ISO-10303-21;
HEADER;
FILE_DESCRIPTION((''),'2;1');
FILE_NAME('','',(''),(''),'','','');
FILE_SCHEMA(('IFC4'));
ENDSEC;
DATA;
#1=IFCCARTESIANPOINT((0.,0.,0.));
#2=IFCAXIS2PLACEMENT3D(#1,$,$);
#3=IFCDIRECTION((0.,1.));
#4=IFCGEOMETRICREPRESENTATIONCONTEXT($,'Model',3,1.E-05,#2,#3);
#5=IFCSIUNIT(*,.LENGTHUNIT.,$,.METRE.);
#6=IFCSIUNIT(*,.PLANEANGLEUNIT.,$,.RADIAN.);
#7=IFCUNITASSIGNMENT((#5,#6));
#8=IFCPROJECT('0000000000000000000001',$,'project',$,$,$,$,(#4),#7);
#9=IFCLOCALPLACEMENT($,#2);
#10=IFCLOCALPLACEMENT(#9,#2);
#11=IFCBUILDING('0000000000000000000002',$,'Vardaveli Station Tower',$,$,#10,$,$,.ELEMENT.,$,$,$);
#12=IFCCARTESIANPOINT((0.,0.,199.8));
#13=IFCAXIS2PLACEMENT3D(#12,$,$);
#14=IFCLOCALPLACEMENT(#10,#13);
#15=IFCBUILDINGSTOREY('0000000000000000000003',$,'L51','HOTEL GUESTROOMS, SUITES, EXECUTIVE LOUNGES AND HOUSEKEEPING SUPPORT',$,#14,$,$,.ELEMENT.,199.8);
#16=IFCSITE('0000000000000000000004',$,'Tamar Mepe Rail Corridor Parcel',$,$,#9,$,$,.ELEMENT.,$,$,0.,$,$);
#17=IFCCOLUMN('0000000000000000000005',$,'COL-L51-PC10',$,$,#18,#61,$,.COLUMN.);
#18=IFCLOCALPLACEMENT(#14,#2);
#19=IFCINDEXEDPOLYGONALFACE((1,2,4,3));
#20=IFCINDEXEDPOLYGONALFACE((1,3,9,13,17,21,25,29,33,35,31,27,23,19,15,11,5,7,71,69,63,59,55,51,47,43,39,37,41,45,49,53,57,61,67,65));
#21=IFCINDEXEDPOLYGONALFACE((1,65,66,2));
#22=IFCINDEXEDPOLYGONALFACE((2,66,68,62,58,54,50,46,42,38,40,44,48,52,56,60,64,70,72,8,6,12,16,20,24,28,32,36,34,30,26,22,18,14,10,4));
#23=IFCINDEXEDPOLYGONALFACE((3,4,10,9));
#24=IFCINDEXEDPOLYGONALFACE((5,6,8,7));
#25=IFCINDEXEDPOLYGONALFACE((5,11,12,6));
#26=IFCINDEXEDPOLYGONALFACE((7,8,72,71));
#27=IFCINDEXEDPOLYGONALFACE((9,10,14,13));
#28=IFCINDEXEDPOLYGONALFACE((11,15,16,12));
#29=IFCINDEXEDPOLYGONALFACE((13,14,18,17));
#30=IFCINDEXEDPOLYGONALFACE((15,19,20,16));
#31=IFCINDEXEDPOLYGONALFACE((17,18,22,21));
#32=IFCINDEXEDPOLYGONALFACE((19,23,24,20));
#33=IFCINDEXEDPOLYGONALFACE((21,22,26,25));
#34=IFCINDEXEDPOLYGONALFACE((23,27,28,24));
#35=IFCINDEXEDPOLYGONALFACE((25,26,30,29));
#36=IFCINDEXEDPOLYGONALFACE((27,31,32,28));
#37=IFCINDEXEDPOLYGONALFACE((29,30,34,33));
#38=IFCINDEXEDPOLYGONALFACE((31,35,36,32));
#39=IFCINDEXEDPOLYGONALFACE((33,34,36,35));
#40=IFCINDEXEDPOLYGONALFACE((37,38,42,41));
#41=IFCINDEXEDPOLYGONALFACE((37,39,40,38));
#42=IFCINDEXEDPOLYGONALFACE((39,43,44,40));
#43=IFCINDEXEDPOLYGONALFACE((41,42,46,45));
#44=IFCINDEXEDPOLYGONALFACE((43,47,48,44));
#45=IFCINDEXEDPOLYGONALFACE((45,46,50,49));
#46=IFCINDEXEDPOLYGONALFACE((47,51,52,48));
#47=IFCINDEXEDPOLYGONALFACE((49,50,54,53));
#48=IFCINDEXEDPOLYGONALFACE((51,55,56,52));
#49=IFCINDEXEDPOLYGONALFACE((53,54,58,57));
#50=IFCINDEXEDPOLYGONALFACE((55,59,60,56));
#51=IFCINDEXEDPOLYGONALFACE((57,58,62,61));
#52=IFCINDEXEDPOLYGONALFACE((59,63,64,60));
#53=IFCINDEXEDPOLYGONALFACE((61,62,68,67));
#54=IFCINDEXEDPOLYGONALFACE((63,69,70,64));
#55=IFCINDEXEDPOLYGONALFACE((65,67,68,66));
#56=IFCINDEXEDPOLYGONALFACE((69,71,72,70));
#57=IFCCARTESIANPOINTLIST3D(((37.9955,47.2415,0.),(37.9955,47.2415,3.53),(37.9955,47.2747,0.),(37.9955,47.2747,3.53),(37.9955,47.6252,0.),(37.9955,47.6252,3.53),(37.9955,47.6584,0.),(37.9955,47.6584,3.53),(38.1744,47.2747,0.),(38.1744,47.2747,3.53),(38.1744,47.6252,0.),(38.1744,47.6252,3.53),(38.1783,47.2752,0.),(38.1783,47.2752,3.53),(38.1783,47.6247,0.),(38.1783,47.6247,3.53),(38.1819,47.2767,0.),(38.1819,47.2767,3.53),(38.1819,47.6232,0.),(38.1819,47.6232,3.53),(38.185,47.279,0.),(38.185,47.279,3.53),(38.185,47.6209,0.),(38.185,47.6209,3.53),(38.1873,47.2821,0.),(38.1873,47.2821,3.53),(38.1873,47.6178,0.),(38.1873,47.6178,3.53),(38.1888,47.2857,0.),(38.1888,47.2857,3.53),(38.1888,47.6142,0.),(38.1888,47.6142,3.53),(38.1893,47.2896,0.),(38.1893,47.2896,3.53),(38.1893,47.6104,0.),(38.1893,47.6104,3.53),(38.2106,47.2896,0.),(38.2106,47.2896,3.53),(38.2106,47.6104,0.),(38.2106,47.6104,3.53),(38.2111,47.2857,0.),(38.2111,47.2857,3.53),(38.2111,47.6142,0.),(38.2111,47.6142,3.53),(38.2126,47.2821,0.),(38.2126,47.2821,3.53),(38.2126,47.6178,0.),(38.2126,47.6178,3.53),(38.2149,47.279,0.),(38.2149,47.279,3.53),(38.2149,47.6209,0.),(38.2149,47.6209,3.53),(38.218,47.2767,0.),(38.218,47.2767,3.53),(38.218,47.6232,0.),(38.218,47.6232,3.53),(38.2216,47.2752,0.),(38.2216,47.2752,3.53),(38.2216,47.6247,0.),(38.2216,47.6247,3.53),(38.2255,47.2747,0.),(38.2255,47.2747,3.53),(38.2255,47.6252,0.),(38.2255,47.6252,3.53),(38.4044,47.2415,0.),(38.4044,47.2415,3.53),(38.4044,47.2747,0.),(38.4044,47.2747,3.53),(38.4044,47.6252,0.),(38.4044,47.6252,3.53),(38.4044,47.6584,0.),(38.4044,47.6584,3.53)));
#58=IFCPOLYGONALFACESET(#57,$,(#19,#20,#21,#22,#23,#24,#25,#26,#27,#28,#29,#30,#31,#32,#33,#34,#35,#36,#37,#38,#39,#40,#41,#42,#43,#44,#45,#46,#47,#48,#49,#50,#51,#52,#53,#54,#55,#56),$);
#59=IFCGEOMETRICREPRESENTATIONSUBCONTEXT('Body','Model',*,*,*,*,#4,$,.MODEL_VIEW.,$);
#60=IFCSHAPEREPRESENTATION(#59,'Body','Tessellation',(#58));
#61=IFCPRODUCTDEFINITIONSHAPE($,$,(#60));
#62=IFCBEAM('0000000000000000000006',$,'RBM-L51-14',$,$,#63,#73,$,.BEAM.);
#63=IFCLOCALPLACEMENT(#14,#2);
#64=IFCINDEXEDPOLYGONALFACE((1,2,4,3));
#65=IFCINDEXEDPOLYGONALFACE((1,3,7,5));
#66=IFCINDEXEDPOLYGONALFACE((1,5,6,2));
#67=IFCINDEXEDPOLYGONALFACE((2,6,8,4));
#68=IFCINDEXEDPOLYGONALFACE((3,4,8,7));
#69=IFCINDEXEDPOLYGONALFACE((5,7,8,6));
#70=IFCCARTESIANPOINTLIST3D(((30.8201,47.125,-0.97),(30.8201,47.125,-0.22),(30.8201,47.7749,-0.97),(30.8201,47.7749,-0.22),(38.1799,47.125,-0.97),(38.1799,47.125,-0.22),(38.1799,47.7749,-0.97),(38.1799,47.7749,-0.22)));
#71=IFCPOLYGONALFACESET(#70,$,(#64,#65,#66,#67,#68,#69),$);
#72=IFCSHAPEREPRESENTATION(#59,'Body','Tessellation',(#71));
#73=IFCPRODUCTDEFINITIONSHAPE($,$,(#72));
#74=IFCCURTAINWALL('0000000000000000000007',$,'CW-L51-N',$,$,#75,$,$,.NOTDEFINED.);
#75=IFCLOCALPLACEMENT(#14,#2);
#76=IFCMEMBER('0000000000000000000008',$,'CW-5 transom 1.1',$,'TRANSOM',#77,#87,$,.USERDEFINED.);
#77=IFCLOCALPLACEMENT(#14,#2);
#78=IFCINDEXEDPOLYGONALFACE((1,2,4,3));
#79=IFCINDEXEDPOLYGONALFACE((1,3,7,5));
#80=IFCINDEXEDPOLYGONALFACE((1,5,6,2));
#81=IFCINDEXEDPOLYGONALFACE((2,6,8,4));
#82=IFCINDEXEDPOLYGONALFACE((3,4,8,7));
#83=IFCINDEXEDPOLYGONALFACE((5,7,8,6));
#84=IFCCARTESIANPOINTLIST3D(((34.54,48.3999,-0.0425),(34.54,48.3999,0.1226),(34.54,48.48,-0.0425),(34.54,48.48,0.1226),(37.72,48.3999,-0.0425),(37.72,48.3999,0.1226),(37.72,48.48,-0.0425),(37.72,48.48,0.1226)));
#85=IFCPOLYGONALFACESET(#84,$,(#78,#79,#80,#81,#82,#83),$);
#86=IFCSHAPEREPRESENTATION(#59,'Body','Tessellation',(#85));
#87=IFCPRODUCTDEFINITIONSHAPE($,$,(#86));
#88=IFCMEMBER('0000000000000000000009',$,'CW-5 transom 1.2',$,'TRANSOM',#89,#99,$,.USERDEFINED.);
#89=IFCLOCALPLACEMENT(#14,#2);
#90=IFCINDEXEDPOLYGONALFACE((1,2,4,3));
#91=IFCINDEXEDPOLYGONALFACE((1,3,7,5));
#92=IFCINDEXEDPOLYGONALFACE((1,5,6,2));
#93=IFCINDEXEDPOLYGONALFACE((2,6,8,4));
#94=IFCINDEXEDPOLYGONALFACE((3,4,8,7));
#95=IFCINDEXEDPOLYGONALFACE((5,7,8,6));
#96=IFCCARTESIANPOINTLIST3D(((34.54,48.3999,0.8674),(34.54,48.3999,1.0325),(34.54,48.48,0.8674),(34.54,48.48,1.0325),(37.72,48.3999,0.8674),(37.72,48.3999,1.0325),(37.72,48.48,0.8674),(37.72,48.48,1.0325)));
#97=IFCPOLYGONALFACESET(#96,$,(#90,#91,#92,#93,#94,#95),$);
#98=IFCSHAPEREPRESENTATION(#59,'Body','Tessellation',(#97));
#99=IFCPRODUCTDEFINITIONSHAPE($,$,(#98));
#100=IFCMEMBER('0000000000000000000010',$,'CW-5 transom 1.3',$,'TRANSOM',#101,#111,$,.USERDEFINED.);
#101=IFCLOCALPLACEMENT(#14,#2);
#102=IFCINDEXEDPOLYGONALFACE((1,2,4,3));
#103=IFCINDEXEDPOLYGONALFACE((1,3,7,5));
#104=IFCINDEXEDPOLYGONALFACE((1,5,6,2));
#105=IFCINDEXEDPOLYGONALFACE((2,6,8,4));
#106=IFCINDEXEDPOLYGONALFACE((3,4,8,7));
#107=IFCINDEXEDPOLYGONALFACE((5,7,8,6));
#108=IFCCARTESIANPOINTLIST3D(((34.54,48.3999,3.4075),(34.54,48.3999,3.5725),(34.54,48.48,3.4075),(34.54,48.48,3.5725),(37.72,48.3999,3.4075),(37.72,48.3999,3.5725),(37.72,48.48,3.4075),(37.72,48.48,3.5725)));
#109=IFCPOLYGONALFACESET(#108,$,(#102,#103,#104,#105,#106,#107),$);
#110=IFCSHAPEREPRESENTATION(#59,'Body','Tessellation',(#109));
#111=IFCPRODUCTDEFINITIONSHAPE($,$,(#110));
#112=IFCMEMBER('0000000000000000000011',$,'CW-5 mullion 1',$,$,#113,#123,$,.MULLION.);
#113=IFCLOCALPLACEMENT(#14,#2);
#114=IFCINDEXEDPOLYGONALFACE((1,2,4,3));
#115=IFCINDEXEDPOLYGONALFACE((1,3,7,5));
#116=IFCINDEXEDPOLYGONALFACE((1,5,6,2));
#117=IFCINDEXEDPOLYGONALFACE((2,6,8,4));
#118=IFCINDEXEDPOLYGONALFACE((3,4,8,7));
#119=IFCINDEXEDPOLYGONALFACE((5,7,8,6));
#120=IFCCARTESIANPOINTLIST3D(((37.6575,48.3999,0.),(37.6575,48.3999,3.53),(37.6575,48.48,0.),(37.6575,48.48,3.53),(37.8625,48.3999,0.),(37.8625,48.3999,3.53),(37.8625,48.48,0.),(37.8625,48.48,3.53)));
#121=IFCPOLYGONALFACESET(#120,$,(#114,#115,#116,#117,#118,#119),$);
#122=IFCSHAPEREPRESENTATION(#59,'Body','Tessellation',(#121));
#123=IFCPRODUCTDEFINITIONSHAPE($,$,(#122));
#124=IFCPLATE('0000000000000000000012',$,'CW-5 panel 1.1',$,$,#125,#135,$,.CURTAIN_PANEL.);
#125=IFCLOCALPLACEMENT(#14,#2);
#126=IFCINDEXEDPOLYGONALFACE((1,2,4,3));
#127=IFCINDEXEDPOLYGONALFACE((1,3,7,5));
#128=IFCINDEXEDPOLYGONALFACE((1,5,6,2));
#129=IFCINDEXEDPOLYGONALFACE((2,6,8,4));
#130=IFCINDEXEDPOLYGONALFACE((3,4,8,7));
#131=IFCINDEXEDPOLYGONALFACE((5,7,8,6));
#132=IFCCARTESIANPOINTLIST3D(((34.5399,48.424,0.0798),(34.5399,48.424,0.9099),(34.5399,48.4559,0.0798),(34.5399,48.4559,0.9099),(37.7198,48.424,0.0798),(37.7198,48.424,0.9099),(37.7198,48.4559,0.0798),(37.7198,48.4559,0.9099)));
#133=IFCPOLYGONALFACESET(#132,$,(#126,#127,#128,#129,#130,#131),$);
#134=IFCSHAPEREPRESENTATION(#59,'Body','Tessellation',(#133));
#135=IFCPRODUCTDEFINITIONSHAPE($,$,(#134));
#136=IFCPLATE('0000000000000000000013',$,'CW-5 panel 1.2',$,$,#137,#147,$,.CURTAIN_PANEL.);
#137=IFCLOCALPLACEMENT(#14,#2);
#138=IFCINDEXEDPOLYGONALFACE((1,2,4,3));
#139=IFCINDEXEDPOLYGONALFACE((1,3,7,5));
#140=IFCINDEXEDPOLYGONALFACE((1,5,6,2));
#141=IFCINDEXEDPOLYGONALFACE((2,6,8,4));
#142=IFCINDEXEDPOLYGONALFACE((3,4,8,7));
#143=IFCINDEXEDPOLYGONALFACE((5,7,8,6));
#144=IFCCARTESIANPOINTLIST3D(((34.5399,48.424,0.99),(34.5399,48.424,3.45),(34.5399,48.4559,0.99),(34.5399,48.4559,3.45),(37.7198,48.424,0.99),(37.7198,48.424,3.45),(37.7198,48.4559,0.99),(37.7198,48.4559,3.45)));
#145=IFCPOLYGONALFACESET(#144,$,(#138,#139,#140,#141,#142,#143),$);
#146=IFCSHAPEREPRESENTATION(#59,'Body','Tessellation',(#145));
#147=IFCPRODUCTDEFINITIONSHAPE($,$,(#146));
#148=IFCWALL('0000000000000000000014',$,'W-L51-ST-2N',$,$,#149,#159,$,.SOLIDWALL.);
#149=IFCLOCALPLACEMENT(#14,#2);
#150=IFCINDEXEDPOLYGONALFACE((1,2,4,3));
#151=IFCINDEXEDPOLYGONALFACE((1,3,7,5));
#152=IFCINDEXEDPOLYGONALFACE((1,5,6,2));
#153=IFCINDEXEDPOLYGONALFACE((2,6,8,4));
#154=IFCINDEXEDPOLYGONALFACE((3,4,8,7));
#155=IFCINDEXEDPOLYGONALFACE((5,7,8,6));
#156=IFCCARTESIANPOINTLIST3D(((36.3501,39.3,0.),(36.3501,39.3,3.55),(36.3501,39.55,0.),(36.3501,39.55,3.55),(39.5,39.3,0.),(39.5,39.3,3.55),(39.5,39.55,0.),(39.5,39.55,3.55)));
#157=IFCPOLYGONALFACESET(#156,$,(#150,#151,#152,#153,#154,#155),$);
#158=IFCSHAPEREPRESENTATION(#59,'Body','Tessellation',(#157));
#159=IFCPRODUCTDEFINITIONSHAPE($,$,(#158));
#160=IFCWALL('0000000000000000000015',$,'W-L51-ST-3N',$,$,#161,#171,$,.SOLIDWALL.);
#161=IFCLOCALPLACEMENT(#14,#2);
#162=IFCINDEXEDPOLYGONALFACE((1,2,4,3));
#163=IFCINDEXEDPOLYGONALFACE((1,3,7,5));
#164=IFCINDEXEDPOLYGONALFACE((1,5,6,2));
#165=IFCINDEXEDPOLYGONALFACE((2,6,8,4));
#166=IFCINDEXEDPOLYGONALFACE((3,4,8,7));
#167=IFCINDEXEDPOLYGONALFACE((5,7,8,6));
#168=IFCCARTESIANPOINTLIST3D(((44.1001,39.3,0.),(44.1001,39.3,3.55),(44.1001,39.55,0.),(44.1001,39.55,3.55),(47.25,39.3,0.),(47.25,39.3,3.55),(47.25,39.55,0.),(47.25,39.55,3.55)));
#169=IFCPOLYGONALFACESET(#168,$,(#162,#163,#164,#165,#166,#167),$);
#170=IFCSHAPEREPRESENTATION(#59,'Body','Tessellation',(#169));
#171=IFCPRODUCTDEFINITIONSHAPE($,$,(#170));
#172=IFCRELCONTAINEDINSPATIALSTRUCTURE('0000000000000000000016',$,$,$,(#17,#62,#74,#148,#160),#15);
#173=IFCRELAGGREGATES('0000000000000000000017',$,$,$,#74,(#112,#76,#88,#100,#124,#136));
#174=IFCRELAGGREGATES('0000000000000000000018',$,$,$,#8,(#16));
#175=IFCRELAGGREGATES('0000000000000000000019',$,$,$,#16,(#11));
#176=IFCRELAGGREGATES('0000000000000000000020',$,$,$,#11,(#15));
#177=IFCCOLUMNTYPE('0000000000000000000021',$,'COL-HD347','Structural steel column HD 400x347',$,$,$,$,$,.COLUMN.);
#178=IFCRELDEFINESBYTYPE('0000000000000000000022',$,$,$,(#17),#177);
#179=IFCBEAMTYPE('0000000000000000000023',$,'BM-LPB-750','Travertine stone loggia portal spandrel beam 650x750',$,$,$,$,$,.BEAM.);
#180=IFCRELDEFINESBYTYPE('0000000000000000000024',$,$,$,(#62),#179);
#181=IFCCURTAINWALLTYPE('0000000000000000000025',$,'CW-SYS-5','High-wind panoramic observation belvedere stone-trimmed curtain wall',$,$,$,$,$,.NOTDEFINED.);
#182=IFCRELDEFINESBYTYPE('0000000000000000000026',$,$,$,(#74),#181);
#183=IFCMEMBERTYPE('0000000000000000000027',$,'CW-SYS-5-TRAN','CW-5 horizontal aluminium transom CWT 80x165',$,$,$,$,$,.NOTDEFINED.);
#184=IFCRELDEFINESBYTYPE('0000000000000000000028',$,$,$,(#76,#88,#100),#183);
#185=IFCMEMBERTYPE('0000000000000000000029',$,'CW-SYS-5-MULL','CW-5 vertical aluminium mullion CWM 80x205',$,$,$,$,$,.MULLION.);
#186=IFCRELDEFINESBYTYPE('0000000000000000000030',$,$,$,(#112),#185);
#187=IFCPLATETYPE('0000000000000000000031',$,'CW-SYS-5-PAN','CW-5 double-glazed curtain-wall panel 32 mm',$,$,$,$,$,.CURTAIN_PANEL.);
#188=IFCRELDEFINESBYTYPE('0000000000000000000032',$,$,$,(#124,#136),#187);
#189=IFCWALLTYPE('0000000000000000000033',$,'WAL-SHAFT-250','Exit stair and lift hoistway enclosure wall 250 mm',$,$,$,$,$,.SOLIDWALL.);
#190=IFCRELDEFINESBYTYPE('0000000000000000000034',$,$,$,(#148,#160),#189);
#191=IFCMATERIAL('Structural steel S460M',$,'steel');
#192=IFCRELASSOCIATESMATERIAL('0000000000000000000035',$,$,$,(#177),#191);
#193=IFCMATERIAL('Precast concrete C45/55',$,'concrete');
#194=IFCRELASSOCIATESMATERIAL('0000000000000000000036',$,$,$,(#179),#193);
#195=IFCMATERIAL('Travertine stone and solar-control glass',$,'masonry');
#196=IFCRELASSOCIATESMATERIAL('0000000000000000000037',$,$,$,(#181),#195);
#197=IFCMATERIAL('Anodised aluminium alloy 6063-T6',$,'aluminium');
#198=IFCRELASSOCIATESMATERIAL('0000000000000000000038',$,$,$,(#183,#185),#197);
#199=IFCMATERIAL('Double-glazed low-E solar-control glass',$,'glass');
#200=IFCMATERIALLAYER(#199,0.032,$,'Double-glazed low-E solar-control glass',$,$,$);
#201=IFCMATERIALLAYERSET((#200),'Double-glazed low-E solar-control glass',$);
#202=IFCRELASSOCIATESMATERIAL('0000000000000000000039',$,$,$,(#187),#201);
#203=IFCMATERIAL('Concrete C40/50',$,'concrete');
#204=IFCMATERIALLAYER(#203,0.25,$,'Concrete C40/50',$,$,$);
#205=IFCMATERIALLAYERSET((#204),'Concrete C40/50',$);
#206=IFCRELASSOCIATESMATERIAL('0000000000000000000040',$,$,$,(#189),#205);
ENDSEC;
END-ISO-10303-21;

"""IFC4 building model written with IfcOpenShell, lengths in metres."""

from ifc_helpers import new_model, si_unit, direction, frame, frame_2d, origin, origin_2d, place, context, subcontext, project, spatial, rectangle, i_section, extrude, source, transform, mapped, material, layer, layer_set, material_profile, profile_set, type_object, element, aggregate, save


model = new_model("IFC4")

# Units and contexts
model_context = context("Model", 3, precision=1e-05, world=origin(), true_north=direction((0.0, 1.0)))
body_context = subcontext(model_context, "Body", "Model", "MODEL_VIEW")
ifc_project = project(units=[si_unit("LENGTHUNIT", "METRE"), si_unit("PLANEANGLEUNIT", "RADIAN")], contexts=[model_context])

# Site, building, storey
site_placement = place(None, origin())
site = spatial("IfcSite", under=ifc_project, at=site_placement, Name="Tamar Mepe Rail Corridor Parcel", CompositionType="ELEMENT", RefElevation=0.0)
building_placement = place(site_placement, origin())
building = spatial("IfcBuilding", under=site, at=building_placement, Name="Vardaveli Station Tower", CompositionType="ELEMENT")
storey_placement = place(building_placement, frame((0.0, 0.0, 199.8)))
storey = spatial("IfcBuildingStorey", under=building, at=storey_placement, Name="L51", Description="HOTEL GUESTROOMS, SUITES, EXECUTIVE LOUNGES AND HOUSEKEEPING SUPPORT", CompositionType="ELEMENT", Elevation=199.8)

# Column
ifc_material_1 = material(Name="Structural steel S460M", Category="steel")
ifc_material_profile_1 = material_profile(ifc_material_1, i_section(OverallWidth=0.4089, OverallDepth=0.417, WebThickness=0.0212, FlangeThickness=0.0332, FilletRadius=0.0149, at=origin_2d()), Name="HD 400x347")
ifc_profile_set_1 = profile_set([ifc_material_profile_1], Name="Structural steel S460M")
column_type = type_object("IfcColumnType", Name="COL-HD347", Description="Structural steel column HD 400x347", PredefinedType="COLUMN", material=ifc_profile_set_1)
shared_shape_1 = source(origin(), body_context, "Body", "SweptSolid", [
    extrude(i_section(OverallWidth=0.4089, OverallDepth=0.417, WebThickness=0.0212, FlangeThickness=0.0332, FilletRadius=0.0149, at=origin_2d()), origin(), (0.0, 0.0, 1.0), 3.53),
])
column_placement = place(storey_placement, frame((38.2, 47.45, 0.0), z_axis=(0.0, 0.0, 1.0), x_axis=(1.0, 0.0, 0.0)))
element("IfcColumn", 1, at=column_placement, inside=storey, type_object=column_type, Name="COL-L51-PC10", PredefinedType="COLUMN", context=body_context, shape_type="MappedRepresentation", body=[
    mapped(shared_shape_1, transform((0.0, 0.0, 0.0), scale=1.0)),
])

# Beam
ifc_material_2 = material(Name="Precast concrete C45/55", Category="concrete")
ifc_material_profile_2 = material_profile(ifc_material_2, rectangle(XDim=0.6499, YDim=0.75, at=origin_2d()), Name="LPB 650x750")
ifc_profile_set_2 = profile_set([ifc_material_profile_2], Name="Precast concrete C45/55")
beam_type = type_object("IfcBeamType", Name="BM-LPB-750", Description="Travertine stone loggia portal spandrel beam 650x750", PredefinedType="BEAM", material=ifc_profile_set_2)
shared_shape_2 = source(origin(), body_context, "Body", "SweptSolid", [
    extrude(rectangle(XDim=0.6499, YDim=0.75, at=origin_2d()), origin(), (0.0, 0.0, 1.0), 7.3599),
])
beam_placement = place(storey_placement, frame((38.1799, 47.45, -0.595), z_axis=(-1.0, 0.0, 0.0), x_axis=(0.0, -1.0, 0.0)))
element("IfcBeam", 2, at=beam_placement, inside=storey, type_object=beam_type, Name="RBM-L51-14", PredefinedType="BEAM", context=body_context, shape_type="MappedRepresentation", body=[
    mapped(shared_shape_2, transform((0.0, 0.0, 0.0), scale=1.0)),
])

# Curtain wall, members, plates
ifc_material_3 = material(Name="Travertine stone and solar-control glass", Category="masonry")
curtain_wall_type = type_object("IfcCurtainWallType", Name="CW-SYS-5", Description="High-wind panoramic observation belvedere stone-trimmed curtain wall", PredefinedType="NOTDEFINED", material=ifc_material_3)
curtain_wall_placement = place(storey_placement, origin())
curtain_wall = element("IfcCurtainWall", 3, at=curtain_wall_placement, inside=storey, type_object=curtain_wall_type, Name="CW-L51-N", PredefinedType="NOTDEFINED")
ifc_material_4 = material(Name="Anodised aluminium alloy 6063-T6", Category="aluminium")
ifc_material_profile_3 = material_profile(ifc_material_4, rectangle(XDim=0.0801, YDim=0.165, at=origin_2d()), Name="CWT 80x165")
ifc_profile_set_3 = profile_set([ifc_material_profile_3], Name="Anodised aluminium alloy 6063-T6")
member_type_1 = type_object("IfcMemberType", Name="CW-SYS-5-TRAN", Description="CW-5 horizontal aluminium transom CWT 80x165", PredefinedType="NOTDEFINED", material=ifc_profile_set_3)
shared_shape_3 = source(origin(), body_context, "Body", "SweptSolid", [
    extrude(rectangle(XDim=0.0801, YDim=0.165, at=origin_2d()), origin(), (0.0, 0.0, 1.0), 3.1799),
])
member_1_placement = place(storey_placement, frame((37.72, 48.4399, 0.04), z_axis=(-1.0, 0.0, 0.0), x_axis=(0.0, -1.0, 0.0)))
member_1 = element("IfcMember", 4, at=member_1_placement, type_object=member_type_1, Name="CW-5 transom 1.1", ObjectType="TRANSOM", PredefinedType="USERDEFINED", context=body_context, shape_type="MappedRepresentation", body=[
    mapped(shared_shape_3, transform((0.0, 0.0, 0.0), scale=1.0)),
])
member_2_placement = place(storey_placement, frame((37.72, 48.4399, 0.95), z_axis=(-1.0, 0.0, 0.0), x_axis=(0.0, -1.0, 0.0)))
member_2 = element("IfcMember", 5, at=member_2_placement, type_object=member_type_1, Name="CW-5 transom 1.2", ObjectType="TRANSOM", PredefinedType="USERDEFINED", context=body_context, shape_type="MappedRepresentation", body=[
    mapped(shared_shape_3, transform((0.0, 0.0, 0.0), scale=1.0)),
])
member_3_placement = place(storey_placement, frame((37.72, 48.4399, 3.49), z_axis=(-1.0, 0.0, 0.0), x_axis=(0.0, -1.0, 0.0)))
member_3 = element("IfcMember", 6, at=member_3_placement, type_object=member_type_1, Name="CW-5 transom 1.3", ObjectType="TRANSOM", PredefinedType="USERDEFINED", context=body_context, shape_type="MappedRepresentation", body=[
    mapped(shared_shape_3, transform((0.0, 0.0, 0.0), scale=1.0)),
])
ifc_material_profile_4 = material_profile(ifc_material_4, rectangle(XDim=0.0801, YDim=0.2051, at=origin_2d()), Name="CWM 80x205")
ifc_profile_set_4 = profile_set([ifc_material_profile_4], Name="Anodised aluminium alloy 6063-T6")
member_type_2 = type_object("IfcMemberType", Name="CW-SYS-5-MULL", Description="CW-5 vertical aluminium mullion CWM 80x205", PredefinedType="MULLION", material=ifc_profile_set_4)
shared_shape_4 = source(origin(), body_context, "Body", "SweptSolid", [
    extrude(rectangle(XDim=0.0801, YDim=0.2051, at=origin_2d()), origin(), (0.0, 0.0, 1.0), 3.53),
])
member_4_placement = place(storey_placement, frame((37.76, 48.4399, 0.0), z_axis=(0.0, 0.0, 1.0), x_axis=(0.0, -1.0, 0.0)))
member_4 = element("IfcMember", 7, at=member_4_placement, type_object=member_type_2, Name="CW-5 mullion 1", PredefinedType="MULLION", context=body_context, shape_type="MappedRepresentation", body=[
    mapped(shared_shape_4, transform((0.0, 0.0, 0.0), scale=1.0)),
])
ifc_material_5 = material(Name="Double-glazed low-E solar-control glass", Category="glass")
ifc_layer_1 = layer(ifc_material_5, 0.032, Name="Double-glazed low-E solar-control glass")
ifc_layer_set_1 = layer_set([ifc_layer_1], Name="Double-glazed low-E solar-control glass")
plate_type = type_object("IfcPlateType", Name="CW-SYS-5-PAN", Description="CW-5 double-glazed curtain-wall panel 32 mm", PredefinedType="CURTAIN_PANEL", material=ifc_layer_set_1)
shared_shape_5 = source(origin(), body_context, "Body", "SweptSolid", [
    extrude(rectangle(XDim=3.1799, YDim=0.032, at=origin_2d()), origin(), (0.0, 0.0, 1.0), 0.8301),
])
plate_1_placement = place(storey_placement, frame((36.1299, 48.4399, 0.0798), z_axis=(0.0, 0.0, 1.0), x_axis=(-1.0, 0.0, 0.0)))
plate_1 = element("IfcPlate", 8, at=plate_1_placement, type_object=plate_type, Name="CW-5 panel 1.1", PredefinedType="CURTAIN_PANEL", context=body_context, shape_type="MappedRepresentation", body=[
    mapped(shared_shape_5, transform((0.0, 0.0, 0.0), scale=1.0)),
])
shared_shape_6 = source(origin(), body_context, "Body", "SweptSolid", [
    extrude(rectangle(XDim=3.1799, YDim=0.032, at=origin_2d()), origin(), (0.0, 0.0, 1.0), 2.46),
])
plate_2_placement = place(storey_placement, frame((36.1299, 48.4399, 0.99), z_axis=(0.0, 0.0, 1.0), x_axis=(-1.0, 0.0, 0.0)))
plate_2 = element("IfcPlate", 9, at=plate_2_placement, type_object=plate_type, Name="CW-5 panel 1.2", PredefinedType="CURTAIN_PANEL", context=body_context, shape_type="MappedRepresentation", body=[
    mapped(shared_shape_6, transform((0.0, 0.0, 0.0), scale=1.0)),
])
aggregate(curtain_wall, [member_4, member_1, member_2, member_3, plate_1, plate_2])

# Walls
ifc_material_6 = material(Name="Concrete C40/50", Category="concrete")
ifc_layer_2 = layer(ifc_material_6, 0.25, Name="Concrete C40/50")
ifc_layer_set_2 = layer_set([ifc_layer_2], Name="Concrete C40/50")
wall_type_1 = type_object("IfcWallType", Name="WAL-SHAFT-250", Description="Exit stair and lift hoistway enclosure wall 250 mm", PredefinedType="SOLIDWALL", material=ifc_layer_set_2)
shared_shape_7 = source(origin(), body_context, "Body", "SweptSolid", [
    extrude(rectangle(XDim=3.1499, YDim=0.25, at=frame_2d((1.575, 0.0))), origin(), (0.0, 0.0, 1.0), 3.55),
])
for number, where, z_axis, x_axis, name in (
    (10, (36.3501, 39.425, 0.0), (0.0, 0.0, 1.0), (1.0, 0.0, 0.0), "W-L51-ST-2N"),
    (11, (44.1001, 39.425, 0.0), (0.0, 0.0, 1.0), (1.0, 0.0, 0.0), "W-L51-ST-3N"),
):
    element("IfcWall", number, at=place(storey_placement, frame(where, z_axis=z_axis, x_axis=x_axis)), inside=storey, type_object=wall_type_1, Name=name, PredefinedType="SOLIDWALL", context=body_context, shape_type="MappedRepresentation", body=[
        mapped(shared_shape_7, transform((0.0, 0.0, 0.0), scale=1.0)),
    ])

save(model, "model.ifc")
